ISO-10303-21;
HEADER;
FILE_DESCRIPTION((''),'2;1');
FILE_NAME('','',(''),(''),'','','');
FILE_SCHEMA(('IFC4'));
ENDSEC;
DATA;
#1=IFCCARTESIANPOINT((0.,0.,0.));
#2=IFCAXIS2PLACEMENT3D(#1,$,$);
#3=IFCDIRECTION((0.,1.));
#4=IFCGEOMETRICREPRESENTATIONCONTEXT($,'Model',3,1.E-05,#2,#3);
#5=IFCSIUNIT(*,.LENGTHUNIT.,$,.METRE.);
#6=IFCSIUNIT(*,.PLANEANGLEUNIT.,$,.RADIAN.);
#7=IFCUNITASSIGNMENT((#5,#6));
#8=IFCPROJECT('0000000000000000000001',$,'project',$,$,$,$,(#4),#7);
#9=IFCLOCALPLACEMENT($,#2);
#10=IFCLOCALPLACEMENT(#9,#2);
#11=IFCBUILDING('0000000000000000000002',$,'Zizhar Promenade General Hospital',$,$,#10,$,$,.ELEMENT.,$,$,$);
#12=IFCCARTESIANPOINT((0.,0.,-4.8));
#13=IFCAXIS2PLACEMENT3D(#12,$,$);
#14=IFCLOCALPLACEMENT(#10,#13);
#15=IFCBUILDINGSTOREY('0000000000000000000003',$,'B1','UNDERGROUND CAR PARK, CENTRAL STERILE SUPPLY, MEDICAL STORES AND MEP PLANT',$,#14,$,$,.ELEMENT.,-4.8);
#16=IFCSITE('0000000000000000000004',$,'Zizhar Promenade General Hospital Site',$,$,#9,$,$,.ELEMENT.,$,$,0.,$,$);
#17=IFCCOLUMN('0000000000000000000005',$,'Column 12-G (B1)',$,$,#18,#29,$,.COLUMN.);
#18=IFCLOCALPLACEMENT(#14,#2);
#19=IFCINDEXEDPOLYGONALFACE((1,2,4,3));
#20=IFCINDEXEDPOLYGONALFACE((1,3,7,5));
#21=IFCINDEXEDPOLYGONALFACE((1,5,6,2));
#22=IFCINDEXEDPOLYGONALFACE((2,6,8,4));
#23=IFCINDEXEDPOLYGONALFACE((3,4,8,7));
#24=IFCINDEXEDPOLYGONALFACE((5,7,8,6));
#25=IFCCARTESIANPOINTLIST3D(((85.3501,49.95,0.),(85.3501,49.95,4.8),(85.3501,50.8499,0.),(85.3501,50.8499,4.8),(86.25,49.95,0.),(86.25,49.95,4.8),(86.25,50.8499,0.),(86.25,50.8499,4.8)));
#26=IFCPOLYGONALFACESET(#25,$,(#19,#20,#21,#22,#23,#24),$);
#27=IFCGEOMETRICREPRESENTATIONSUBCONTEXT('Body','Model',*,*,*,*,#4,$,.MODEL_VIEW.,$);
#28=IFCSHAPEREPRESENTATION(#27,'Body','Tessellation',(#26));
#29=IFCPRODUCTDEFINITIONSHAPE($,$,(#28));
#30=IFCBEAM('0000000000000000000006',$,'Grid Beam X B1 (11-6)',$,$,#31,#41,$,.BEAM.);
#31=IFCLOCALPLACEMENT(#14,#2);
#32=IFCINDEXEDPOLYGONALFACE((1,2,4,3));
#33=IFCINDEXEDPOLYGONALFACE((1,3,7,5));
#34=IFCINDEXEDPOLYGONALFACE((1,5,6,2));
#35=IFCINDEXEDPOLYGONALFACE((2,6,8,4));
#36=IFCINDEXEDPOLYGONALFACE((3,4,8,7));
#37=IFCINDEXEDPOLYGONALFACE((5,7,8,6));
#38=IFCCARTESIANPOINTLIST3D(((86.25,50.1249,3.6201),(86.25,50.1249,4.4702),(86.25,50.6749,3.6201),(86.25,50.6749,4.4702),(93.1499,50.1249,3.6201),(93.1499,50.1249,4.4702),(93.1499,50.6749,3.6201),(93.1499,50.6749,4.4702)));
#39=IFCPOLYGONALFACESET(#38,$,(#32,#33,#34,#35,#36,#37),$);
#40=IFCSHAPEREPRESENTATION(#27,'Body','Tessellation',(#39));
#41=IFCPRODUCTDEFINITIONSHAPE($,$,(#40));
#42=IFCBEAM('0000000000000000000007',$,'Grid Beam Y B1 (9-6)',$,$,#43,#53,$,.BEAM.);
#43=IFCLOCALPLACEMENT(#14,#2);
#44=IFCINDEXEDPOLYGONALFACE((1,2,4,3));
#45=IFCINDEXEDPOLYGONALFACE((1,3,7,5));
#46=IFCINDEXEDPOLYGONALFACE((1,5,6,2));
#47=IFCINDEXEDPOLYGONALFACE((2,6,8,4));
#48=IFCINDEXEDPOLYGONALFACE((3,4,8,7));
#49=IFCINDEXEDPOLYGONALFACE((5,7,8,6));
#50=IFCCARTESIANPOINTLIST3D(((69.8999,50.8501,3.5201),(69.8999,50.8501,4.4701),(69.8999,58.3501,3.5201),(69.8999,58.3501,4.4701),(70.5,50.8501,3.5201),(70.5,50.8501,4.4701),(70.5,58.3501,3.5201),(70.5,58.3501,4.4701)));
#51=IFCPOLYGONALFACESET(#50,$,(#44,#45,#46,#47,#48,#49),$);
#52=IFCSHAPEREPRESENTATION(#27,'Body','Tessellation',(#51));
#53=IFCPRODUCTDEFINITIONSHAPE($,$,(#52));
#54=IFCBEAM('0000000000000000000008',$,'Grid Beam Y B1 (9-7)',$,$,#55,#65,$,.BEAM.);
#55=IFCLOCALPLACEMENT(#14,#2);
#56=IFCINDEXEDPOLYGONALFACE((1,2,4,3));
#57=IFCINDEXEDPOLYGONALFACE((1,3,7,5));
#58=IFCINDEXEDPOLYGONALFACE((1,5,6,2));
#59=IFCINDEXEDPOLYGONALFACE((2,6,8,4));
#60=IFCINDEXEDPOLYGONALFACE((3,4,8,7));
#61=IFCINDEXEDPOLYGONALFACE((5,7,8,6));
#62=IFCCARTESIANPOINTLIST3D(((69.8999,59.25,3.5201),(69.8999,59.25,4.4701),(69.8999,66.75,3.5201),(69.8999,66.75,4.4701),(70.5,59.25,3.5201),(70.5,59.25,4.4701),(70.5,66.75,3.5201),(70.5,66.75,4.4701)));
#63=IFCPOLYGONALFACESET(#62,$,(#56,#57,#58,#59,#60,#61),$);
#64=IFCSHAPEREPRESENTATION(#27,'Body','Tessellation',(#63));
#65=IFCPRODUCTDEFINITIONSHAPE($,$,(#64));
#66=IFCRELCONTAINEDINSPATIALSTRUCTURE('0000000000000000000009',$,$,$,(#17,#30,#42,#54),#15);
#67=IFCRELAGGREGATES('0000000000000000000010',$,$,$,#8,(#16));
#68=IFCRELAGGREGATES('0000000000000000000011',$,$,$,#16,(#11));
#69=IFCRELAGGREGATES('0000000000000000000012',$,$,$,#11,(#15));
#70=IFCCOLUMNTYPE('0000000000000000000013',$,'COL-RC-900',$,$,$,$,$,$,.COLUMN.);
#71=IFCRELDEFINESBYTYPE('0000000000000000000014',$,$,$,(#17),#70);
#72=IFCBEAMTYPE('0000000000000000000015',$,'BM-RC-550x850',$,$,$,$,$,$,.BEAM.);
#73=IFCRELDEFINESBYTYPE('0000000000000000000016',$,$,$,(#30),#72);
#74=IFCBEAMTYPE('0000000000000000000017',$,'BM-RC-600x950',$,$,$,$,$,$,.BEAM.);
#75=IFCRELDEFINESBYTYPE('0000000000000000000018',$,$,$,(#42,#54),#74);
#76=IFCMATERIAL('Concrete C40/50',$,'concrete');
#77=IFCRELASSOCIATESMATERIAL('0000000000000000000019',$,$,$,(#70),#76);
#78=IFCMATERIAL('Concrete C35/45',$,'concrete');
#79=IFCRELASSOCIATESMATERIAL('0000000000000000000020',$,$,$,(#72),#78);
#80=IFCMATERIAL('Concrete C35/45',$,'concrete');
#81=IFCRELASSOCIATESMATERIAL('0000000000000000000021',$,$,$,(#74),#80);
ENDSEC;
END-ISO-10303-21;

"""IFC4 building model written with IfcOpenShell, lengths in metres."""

from ifc_helpers import new_model, si_unit, direction, frame, origin, origin_2d, place, context, subcontext, project, spatial, rectangle, extrude, material, material_profile, profile_set, type_object, element, save


model = new_model("IFC4")

# Units and contexts
model_context = context("Model", 3, precision=1e-05, world=origin(), true_north=direction((0.0, 1.0)))
body_context = subcontext(model_context, "Body", "Model", "MODEL_VIEW")
ifc_project = project(units=[si_unit("LENGTHUNIT", "METRE"), si_unit("PLANEANGLEUNIT", "RADIAN")], contexts=[model_context])

# Site, building, storey
site_placement = place(None, origin())
site = spatial("IfcSite", under=ifc_project, at=site_placement, Name="Zizhar Promenade General Hospital Site", CompositionType="ELEMENT", RefElevation=0.0)
building_placement = place(site_placement, origin())
building = spatial("IfcBuilding", under=site, at=building_placement, Name="Zizhar Promenade General Hospital", CompositionType="ELEMENT")
storey_placement = place(building_placement, frame((0.0, 0.0, -4.8)))
storey = spatial("IfcBuildingStorey", under=building, at=storey_placement, Name="B1", Description="UNDERGROUND CAR PARK, CENTRAL STERILE SUPPLY, MEDICAL STORES AND MEP PLANT", CompositionType="ELEMENT", Elevation=-4.8)

# Column
ifc_material_1 = material(Name="Concrete C40/50", Category="concrete")
ifc_material_profile_1 = material_profile(ifc_material_1, rectangle(XDim=0.8999, YDim=0.8999, at=origin_2d()))
ifc_profile_set_1 = profile_set([ifc_material_profile_1], Name="Concrete C40/50")
column_type = type_object("IfcColumnType", Name="COL-RC-900", PredefinedType="COLUMN", material=ifc_profile_set_1)
for number, where, z_axis, x_axis, name in (
    (1, (85.8, 50.3999, 0.0), (0.0, 0.0, 1.0), (1.0, 0.0, 0.0), "Column 12-G (B1)"),
):
    element("IfcColumn", number, at=place(storey_placement, frame(where, z_axis=z_axis, x_axis=x_axis)), inside=storey, type_object=column_type, Name=name, PredefinedType="COLUMN", context=body_context, shape_type="SweptSolid", body=[
        extrude(rectangle(XDim=0.8999, YDim=0.8999, at=origin_2d()), origin(), (0.0, 0.0, 1.0), 4.8),
    ])

# Beams
ifc_material_2 = material(Name="Concrete C35/45", Category="concrete")
ifc_material_profile_2 = material_profile(ifc_material_2, rectangle(XDim=0.55, YDim=0.8501, at=origin_2d()))
ifc_profile_set_2 = profile_set([ifc_material_profile_2], Name="Concrete C35/45")
beam_type_1 = type_object("IfcBeamType", Name="BM-RC-550x850", PredefinedType="BEAM", material=ifc_profile_set_2)
beam_placement = place(storey_placement, frame((86.25, 50.3999, 4.0452), z_axis=(1.0, 0.0, 0.0), x_axis=(0.0, 1.0, 0.0)))
element("IfcBeam", 2, at=beam_placement, inside=storey, type_object=beam_type_1, Name="Grid Beam X B1 (11-6)", PredefinedType="BEAM", context=body_context, shape_type="SweptSolid", body=[
    extrude(rectangle(XDim=0.55, YDim=0.8501, at=origin_2d()), origin(), (0.0, 0.0, 1.0), 6.8999),
])
ifc_material_3 = material(Name="Concrete C35/45", Category="concrete")
ifc_material_profile_3 = material_profile(ifc_material_3, rectangle(XDim=0.6001, YDim=0.95, at=origin_2d()))
ifc_profile_set_3 = profile_set([ifc_material_profile_3], Name="Concrete C35/45")
beam_type_2 = type_object("IfcBeamType", Name="BM-RC-600x950", PredefinedType="BEAM", material=ifc_profile_set_3)
for number, where, z_axis, x_axis, name in (
    (3, (70.2, 50.8501, 3.9951), (0.0, 1.0, 0.0), (-1.0, 0.0, 0.0), "Grid Beam Y B1 (9-6)"),
    (4, (70.2, 59.25, 3.9951), (0.0, 1.0, 0.0), (-1.0, 0.0, 0.0), "Grid Beam Y B1 (9-7)"),
):
    element("IfcBeam", number, at=place(storey_placement, frame(where, z_axis=z_axis, x_axis=x_axis)), inside=storey, type_object=beam_type_2, Name=name, PredefinedType="BEAM", context=body_context, shape_type="SweptSolid", body=[
        extrude(rectangle(XDim=0.6001, YDim=0.95, at=origin_2d()), origin(), (0.0, 0.0, 1.0), 7.5),
    ])

save(model, "model.ifc")
